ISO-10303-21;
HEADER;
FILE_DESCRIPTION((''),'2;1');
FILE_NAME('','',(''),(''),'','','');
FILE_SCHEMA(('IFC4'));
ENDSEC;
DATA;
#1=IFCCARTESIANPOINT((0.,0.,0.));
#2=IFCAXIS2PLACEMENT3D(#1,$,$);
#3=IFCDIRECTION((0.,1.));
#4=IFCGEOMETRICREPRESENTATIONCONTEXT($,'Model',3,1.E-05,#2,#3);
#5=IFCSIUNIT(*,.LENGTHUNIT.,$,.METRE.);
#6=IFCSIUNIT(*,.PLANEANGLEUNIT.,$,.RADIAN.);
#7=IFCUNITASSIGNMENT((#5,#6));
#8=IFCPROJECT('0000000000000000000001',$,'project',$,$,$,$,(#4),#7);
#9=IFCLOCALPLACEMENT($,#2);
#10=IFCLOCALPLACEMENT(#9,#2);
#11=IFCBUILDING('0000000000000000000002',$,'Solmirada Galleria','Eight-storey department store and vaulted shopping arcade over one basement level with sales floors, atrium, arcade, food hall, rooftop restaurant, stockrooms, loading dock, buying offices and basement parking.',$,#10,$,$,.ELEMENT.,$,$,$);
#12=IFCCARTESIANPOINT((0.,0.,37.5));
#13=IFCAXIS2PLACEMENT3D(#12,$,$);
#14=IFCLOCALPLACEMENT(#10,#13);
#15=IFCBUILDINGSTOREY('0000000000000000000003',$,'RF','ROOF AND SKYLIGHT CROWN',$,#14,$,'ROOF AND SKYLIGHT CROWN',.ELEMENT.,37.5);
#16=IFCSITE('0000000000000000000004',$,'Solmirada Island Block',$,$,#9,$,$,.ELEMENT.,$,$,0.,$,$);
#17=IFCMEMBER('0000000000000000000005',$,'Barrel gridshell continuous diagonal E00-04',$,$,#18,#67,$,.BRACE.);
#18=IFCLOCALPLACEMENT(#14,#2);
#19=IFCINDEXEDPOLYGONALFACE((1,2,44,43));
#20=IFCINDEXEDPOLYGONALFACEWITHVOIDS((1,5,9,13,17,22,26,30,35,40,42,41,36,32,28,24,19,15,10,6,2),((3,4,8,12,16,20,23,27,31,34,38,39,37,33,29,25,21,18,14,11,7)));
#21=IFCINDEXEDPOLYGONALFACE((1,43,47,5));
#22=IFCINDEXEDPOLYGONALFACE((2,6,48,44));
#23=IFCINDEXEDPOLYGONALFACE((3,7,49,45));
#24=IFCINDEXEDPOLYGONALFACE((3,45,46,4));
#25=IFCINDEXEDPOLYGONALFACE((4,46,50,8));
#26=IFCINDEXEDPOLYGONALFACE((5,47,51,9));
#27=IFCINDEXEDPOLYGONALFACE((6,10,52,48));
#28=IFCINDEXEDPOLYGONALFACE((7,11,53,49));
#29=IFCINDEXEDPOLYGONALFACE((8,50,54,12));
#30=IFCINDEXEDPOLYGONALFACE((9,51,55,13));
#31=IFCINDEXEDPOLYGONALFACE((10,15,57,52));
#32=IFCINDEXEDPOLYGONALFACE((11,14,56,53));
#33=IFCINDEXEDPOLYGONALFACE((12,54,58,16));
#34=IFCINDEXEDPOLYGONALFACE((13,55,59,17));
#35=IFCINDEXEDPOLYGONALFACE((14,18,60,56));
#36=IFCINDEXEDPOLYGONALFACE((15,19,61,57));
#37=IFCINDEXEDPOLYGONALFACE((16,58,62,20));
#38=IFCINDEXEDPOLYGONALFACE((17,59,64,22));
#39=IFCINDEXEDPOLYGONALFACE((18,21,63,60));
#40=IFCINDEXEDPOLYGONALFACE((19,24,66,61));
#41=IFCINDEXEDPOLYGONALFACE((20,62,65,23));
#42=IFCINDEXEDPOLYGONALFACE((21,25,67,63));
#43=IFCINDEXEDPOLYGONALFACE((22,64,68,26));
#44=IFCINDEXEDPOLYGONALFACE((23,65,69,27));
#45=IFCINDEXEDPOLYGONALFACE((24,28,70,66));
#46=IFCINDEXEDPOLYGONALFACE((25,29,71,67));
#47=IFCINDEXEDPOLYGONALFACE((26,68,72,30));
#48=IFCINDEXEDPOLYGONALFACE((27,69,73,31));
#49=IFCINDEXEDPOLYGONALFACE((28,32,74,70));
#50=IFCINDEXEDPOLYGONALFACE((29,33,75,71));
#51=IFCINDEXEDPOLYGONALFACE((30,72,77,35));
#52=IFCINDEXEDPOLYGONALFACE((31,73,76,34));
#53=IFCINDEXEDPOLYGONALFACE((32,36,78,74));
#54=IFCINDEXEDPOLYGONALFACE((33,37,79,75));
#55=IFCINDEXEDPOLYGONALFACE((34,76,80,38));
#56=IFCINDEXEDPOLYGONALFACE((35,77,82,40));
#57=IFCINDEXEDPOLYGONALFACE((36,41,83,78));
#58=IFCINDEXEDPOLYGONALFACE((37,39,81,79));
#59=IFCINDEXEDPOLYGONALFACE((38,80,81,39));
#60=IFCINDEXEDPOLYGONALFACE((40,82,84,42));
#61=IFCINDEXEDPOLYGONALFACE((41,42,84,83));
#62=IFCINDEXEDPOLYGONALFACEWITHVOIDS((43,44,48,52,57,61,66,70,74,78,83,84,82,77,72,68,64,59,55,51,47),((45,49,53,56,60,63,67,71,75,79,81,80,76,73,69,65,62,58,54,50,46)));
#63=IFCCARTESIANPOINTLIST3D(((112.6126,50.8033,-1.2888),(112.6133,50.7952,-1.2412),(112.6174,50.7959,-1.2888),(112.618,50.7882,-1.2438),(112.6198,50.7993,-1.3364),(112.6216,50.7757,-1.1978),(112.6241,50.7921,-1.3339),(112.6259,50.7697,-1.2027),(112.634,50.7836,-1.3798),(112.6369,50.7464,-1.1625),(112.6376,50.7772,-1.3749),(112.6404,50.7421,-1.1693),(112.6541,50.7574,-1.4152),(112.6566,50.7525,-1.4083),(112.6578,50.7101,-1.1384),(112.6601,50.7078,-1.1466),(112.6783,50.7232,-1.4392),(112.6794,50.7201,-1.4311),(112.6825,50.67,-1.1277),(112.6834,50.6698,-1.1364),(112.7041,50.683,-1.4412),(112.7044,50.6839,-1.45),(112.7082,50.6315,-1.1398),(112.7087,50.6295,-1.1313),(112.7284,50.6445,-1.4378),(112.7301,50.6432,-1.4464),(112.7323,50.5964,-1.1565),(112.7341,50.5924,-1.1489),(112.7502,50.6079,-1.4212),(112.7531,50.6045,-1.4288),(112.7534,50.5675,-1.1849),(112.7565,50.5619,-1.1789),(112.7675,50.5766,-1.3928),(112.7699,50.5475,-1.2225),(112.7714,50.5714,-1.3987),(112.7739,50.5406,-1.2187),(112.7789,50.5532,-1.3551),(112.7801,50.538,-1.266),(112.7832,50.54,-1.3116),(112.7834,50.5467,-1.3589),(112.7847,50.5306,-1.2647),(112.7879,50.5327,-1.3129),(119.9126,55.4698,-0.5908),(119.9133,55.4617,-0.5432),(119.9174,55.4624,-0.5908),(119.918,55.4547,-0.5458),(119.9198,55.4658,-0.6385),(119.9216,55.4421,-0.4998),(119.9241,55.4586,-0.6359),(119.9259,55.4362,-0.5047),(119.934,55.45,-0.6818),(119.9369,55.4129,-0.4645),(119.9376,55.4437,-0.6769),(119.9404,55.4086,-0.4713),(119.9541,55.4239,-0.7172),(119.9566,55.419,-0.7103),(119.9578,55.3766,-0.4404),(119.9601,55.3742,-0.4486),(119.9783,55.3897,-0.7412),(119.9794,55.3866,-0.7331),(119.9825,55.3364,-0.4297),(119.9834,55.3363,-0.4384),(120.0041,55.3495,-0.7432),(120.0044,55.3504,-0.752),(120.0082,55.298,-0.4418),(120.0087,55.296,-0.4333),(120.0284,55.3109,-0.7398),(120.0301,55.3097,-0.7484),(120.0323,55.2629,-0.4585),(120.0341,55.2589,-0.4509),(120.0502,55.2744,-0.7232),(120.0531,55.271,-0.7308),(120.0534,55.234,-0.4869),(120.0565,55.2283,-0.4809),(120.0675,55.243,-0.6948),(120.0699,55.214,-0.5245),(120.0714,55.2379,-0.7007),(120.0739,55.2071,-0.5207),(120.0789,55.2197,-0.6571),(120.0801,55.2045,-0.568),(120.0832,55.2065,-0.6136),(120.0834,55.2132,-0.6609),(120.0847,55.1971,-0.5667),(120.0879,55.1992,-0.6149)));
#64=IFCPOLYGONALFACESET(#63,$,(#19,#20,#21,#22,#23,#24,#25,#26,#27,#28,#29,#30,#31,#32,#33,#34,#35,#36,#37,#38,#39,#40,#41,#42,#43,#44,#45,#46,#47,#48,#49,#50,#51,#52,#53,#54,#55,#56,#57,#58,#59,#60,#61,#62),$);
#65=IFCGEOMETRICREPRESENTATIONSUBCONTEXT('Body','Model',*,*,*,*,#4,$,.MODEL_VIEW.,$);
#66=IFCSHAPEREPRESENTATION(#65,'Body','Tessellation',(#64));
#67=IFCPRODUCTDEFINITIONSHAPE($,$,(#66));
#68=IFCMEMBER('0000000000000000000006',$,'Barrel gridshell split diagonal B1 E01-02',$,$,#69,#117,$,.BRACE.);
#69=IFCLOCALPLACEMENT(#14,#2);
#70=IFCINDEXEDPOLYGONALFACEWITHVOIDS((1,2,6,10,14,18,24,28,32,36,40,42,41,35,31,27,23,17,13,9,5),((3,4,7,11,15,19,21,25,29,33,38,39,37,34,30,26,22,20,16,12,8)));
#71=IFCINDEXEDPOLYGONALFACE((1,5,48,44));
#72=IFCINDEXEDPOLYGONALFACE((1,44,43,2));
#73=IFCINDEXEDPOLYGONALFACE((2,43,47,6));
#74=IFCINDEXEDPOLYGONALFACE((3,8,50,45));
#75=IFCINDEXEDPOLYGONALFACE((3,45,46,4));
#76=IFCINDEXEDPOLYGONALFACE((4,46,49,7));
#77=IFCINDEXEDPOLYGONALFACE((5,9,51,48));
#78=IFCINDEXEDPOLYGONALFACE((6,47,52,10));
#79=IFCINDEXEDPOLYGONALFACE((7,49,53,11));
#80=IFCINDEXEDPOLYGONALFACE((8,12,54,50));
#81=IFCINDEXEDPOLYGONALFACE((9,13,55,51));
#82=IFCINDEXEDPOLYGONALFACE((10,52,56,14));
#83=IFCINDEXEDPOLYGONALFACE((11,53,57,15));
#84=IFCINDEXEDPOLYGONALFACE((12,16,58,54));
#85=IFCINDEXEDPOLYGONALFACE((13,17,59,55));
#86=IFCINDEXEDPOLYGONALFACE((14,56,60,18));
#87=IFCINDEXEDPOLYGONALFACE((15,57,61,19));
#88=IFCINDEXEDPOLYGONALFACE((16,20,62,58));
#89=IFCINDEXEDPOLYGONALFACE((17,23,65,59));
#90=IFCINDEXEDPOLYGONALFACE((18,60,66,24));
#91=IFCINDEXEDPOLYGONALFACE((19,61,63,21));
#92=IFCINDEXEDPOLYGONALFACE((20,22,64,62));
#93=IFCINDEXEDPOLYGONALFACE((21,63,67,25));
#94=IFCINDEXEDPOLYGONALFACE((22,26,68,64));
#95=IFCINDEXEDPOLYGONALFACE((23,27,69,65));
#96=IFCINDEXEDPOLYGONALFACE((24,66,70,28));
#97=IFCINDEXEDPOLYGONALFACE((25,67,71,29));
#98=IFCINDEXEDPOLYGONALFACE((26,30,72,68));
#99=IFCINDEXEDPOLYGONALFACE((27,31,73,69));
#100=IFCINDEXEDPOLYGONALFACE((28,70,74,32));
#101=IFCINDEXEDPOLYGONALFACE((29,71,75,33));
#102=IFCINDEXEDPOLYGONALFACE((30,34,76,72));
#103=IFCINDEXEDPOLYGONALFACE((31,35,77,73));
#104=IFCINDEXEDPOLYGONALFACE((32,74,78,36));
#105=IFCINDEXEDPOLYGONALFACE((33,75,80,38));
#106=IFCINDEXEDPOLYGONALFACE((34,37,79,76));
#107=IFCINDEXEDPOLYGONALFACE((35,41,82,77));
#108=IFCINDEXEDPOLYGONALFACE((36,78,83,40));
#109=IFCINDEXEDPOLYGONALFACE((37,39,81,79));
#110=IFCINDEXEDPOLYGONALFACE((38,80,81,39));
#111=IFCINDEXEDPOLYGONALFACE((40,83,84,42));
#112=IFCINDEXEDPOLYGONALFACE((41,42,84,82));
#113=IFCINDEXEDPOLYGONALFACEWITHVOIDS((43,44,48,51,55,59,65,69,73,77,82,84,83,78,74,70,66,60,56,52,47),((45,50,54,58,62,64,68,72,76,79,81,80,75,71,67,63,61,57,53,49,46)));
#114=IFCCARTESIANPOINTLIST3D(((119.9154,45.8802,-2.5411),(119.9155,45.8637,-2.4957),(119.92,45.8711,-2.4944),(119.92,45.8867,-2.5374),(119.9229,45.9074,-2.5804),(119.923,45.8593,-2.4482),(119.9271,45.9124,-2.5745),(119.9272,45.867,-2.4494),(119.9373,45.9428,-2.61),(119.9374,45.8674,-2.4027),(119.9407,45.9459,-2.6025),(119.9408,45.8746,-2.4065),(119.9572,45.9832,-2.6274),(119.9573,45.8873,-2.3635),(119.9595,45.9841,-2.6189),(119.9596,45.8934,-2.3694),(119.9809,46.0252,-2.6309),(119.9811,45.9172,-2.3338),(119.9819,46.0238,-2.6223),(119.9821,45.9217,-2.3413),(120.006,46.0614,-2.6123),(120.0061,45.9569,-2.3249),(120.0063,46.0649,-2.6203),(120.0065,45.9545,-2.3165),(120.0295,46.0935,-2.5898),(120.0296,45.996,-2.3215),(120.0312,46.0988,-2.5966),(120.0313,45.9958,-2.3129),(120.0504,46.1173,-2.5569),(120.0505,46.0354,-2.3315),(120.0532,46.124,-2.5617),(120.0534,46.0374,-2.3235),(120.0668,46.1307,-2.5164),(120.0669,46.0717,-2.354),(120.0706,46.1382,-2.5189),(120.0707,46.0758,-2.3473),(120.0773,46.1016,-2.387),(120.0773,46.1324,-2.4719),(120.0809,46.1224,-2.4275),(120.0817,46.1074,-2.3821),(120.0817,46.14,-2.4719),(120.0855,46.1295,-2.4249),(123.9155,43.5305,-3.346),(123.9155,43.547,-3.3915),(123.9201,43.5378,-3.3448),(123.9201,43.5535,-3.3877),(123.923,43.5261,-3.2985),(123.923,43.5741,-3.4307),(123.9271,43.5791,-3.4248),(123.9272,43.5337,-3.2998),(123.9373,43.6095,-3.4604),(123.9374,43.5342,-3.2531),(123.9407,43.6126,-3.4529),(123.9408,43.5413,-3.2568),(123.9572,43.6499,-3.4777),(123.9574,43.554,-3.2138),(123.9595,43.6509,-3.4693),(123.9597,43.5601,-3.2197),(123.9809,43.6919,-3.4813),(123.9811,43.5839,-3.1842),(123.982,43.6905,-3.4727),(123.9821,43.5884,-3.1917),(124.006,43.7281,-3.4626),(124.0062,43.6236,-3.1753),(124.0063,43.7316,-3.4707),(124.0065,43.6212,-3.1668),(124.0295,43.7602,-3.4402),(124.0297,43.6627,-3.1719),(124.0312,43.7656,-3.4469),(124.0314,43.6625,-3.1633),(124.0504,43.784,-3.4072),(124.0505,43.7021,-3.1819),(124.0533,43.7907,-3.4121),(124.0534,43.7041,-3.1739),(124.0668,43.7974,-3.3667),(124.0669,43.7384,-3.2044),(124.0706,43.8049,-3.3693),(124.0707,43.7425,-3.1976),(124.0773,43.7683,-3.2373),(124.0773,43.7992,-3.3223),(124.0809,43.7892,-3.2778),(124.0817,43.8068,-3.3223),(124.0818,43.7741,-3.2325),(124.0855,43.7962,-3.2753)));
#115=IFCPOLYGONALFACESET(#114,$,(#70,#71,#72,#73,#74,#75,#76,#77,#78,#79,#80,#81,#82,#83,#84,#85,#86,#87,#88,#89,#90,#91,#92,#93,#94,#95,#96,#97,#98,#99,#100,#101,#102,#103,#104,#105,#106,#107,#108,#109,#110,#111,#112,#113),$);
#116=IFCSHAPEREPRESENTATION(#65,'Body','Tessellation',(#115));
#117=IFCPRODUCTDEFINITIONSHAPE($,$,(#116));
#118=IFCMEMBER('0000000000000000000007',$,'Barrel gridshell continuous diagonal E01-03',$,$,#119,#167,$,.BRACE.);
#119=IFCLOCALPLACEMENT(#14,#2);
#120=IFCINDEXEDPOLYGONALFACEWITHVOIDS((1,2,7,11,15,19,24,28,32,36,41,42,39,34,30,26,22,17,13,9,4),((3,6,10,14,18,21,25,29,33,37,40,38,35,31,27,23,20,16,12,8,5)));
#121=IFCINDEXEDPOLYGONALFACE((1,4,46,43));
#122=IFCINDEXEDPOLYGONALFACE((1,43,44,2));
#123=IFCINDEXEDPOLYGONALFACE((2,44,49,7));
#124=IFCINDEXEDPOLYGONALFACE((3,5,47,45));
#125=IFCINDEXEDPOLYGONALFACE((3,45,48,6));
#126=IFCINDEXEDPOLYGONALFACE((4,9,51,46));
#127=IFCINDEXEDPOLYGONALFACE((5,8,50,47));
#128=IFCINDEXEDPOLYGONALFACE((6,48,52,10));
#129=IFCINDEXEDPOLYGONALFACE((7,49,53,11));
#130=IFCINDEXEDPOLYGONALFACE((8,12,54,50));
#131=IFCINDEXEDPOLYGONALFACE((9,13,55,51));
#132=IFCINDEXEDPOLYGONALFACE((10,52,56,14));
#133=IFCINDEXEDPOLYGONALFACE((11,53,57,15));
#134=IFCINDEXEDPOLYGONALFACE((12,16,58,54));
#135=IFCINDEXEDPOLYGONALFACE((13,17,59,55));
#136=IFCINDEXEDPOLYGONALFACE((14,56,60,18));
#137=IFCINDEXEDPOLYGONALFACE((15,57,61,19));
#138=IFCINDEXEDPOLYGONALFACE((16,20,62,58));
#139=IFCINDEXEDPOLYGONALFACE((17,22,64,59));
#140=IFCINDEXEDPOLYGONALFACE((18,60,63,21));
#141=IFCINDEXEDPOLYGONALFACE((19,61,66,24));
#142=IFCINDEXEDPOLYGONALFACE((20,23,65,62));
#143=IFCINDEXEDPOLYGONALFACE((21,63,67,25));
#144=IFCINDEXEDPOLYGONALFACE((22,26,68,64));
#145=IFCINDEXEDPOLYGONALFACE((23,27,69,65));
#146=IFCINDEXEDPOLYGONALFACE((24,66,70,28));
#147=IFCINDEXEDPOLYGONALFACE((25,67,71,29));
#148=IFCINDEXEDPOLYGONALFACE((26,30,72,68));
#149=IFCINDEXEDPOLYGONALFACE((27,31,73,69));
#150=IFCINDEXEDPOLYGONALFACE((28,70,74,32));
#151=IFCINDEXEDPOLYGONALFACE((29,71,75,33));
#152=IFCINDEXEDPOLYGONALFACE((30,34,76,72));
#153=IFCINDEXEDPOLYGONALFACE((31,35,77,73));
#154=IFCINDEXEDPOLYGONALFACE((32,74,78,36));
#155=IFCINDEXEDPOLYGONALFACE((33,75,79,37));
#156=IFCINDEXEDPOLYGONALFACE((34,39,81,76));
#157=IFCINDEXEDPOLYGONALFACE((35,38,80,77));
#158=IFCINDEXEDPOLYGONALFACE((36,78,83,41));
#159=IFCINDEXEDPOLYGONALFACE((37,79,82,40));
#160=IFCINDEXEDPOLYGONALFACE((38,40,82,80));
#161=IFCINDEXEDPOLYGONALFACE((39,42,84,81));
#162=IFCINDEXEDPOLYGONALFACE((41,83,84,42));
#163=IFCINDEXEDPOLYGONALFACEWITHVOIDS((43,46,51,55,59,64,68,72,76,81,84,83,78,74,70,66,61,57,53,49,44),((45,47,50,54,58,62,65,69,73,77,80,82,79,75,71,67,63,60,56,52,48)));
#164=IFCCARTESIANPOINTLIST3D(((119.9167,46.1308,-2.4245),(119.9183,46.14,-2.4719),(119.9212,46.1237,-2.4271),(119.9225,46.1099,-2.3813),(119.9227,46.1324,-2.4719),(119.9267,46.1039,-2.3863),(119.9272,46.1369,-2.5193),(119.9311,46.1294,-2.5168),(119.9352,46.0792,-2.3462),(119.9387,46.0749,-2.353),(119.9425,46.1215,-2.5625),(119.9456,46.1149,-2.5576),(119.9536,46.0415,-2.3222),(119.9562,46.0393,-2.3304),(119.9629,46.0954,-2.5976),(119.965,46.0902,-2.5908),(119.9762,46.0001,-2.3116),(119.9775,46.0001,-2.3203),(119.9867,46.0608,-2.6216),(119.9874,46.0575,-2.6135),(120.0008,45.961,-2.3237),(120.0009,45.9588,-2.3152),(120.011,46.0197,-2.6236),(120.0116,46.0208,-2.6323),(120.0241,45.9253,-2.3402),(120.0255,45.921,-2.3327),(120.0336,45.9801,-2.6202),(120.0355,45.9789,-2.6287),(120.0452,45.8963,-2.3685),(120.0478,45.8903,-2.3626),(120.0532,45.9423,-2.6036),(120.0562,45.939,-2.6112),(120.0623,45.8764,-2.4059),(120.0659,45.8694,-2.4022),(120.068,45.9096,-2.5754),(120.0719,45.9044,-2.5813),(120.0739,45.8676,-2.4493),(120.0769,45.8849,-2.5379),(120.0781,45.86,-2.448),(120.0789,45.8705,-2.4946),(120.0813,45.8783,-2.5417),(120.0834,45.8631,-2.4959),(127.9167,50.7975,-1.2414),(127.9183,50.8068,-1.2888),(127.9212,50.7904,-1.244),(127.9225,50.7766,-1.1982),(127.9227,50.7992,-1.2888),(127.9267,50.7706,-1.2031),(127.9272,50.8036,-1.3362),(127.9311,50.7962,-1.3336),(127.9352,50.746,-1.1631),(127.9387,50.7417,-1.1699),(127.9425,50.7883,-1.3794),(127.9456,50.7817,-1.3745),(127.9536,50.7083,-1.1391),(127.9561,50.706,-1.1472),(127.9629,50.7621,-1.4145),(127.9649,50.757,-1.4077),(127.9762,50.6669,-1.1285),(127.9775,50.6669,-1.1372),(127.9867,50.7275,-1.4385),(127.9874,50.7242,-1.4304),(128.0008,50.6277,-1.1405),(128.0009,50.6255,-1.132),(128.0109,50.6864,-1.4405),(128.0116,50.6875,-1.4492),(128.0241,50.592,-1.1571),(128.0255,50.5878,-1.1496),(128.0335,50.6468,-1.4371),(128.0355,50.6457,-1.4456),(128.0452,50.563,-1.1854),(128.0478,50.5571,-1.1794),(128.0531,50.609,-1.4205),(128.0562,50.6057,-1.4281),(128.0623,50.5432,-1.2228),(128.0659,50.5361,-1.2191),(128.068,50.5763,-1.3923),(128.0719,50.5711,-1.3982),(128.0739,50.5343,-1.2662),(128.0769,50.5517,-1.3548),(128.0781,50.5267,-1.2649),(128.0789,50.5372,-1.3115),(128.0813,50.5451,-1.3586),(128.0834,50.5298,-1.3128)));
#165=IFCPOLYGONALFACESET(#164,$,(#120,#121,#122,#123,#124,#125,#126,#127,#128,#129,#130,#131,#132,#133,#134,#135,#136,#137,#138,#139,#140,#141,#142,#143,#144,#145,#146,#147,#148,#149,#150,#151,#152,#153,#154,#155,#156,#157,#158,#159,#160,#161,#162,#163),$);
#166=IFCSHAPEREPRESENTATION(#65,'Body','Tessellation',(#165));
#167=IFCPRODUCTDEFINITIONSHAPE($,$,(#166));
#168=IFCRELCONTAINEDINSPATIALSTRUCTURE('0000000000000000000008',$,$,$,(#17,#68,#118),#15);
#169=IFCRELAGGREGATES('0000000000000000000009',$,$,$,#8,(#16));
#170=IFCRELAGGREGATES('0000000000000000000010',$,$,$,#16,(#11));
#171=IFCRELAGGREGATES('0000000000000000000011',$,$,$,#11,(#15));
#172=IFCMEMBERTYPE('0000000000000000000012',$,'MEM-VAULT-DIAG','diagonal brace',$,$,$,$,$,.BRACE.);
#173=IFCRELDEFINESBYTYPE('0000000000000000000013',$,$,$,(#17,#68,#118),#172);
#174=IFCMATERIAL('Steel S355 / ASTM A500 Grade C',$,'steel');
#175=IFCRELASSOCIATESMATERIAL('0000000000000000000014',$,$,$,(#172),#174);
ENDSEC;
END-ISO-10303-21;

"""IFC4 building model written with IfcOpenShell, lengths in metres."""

from ifc_helpers import new_model, si_unit, direction, frame, origin, origin_2d, place, context, subcontext, project, spatial, hollow_circle, extrude, material, material_profile, profile_set, type_object, element, save


model = new_model("IFC4")

# Units and contexts
model_context = context("Model", 3, precision=1e-05, world=origin(), true_north=direction((0.0, 1.0)))
body_context = subcontext(model_context, "Body", "Model", "MODEL_VIEW")
ifc_project = project(units=[si_unit("LENGTHUNIT", "METRE"), si_unit("PLANEANGLEUNIT", "RADIAN")], contexts=[model_context])

# Site, building, storey
site_placement = place(None, origin())
site = spatial("IfcSite", under=ifc_project, at=site_placement, Name="Solmirada Island Block", CompositionType="ELEMENT", RefElevation=0.0)
building_placement = place(site_placement, origin())
building = spatial("IfcBuilding", under=site, at=building_placement, Name="Solmirada Galleria", Description="Eight-storey department store and vaulted shopping arcade over one basement level with sales floors, atrium, arcade, food hall, rooftop restaurant, stockrooms, loading dock, buying offices and basement parking.", CompositionType="ELEMENT")
storey_placement = place(building_placement, frame((0.0, 0.0, 37.5)))
storey = spatial("IfcBuildingStorey", under=building, at=storey_placement, Name="RF", Description="ROOF AND SKYLIGHT CROWN", LongName="ROOF AND SKYLIGHT CROWN", CompositionType="ELEMENT", Elevation=37.5)

# Members
ifc_material_1 = material(Name="Steel S355 / ASTM A500 Grade C", Category="steel")
ifc_material_profile_1 = material_profile(ifc_material_1, hollow_circle(Radius=0.1621, WallThickness=0.0088, at=origin_2d()), Name="HSS12.750X0.375")
ifc_profile_set_1 = profile_set([ifc_material_profile_1], Name="Steel S355 / ASTM A500 Grade C")
member_type_1 = type_object("IfcMemberType", Name="MEM-VAULT-DIAG", Description="diagonal brace", PredefinedType="BRACE", material=ifc_profile_set_1)
member_1_placement = place(storey_placement, frame((112.7, 50.6667, -1.2888), z_axis=(0.83984, 0.536862, 0.080302), x_axis=(-0.538601, 0.842561, 0.0)))
element("IfcMember", 1, at=member_1_placement, inside=storey, type_object=member_type_1, Name="Barrel gridshell continuous diagonal E00-04", PredefinedType="BRACE", context=body_context, shape_type="SweptSolid", body=[
    extrude(hollow_circle(Radius=0.1621, WallThickness=0.0088, at=origin_2d()), origin(), (0.0, 0.0, 1.0), 8.6921),
])
member_2_placement = place(storey_placement, frame((120.0, 46.0, -2.4719), z_axis=(0.849582, -0.495572, -0.180609), x_axis=(0.503858, 0.863787, 0.0)))
element("IfcMember", 2, at=member_2_placement, inside=storey, type_object=member_type_1, Name="Barrel gridshell split diagonal B1 E01-02", PredefinedType="BRACE", context=body_context, shape_type="SweptSolid", body=[
    extrude(hollow_circle(Radius=0.1621, WallThickness=0.0088, at=origin_2d()), origin(), (0.0, 0.0, 1.0), 4.7083),
])
member_3_placement = place(storey_placement, frame((120.0, 46.0, -2.4719), z_axis=(0.856813, 0.499816, 0.126712), x_axis=(-0.503878, 0.863775, 0.0)))
element("IfcMember", 3, at=member_3_placement, inside=storey, type_object=member_type_1, Name="Barrel gridshell continuous diagonal E01-03", PredefinedType="BRACE", context=body_context, shape_type="SweptSolid", body=[
    extrude(hollow_circle(Radius=0.1621, WallThickness=0.0088, at=origin_2d()), origin(), (0.0, 0.0, 1.0), 9.3369),
])

save(model, "model.ifc")
